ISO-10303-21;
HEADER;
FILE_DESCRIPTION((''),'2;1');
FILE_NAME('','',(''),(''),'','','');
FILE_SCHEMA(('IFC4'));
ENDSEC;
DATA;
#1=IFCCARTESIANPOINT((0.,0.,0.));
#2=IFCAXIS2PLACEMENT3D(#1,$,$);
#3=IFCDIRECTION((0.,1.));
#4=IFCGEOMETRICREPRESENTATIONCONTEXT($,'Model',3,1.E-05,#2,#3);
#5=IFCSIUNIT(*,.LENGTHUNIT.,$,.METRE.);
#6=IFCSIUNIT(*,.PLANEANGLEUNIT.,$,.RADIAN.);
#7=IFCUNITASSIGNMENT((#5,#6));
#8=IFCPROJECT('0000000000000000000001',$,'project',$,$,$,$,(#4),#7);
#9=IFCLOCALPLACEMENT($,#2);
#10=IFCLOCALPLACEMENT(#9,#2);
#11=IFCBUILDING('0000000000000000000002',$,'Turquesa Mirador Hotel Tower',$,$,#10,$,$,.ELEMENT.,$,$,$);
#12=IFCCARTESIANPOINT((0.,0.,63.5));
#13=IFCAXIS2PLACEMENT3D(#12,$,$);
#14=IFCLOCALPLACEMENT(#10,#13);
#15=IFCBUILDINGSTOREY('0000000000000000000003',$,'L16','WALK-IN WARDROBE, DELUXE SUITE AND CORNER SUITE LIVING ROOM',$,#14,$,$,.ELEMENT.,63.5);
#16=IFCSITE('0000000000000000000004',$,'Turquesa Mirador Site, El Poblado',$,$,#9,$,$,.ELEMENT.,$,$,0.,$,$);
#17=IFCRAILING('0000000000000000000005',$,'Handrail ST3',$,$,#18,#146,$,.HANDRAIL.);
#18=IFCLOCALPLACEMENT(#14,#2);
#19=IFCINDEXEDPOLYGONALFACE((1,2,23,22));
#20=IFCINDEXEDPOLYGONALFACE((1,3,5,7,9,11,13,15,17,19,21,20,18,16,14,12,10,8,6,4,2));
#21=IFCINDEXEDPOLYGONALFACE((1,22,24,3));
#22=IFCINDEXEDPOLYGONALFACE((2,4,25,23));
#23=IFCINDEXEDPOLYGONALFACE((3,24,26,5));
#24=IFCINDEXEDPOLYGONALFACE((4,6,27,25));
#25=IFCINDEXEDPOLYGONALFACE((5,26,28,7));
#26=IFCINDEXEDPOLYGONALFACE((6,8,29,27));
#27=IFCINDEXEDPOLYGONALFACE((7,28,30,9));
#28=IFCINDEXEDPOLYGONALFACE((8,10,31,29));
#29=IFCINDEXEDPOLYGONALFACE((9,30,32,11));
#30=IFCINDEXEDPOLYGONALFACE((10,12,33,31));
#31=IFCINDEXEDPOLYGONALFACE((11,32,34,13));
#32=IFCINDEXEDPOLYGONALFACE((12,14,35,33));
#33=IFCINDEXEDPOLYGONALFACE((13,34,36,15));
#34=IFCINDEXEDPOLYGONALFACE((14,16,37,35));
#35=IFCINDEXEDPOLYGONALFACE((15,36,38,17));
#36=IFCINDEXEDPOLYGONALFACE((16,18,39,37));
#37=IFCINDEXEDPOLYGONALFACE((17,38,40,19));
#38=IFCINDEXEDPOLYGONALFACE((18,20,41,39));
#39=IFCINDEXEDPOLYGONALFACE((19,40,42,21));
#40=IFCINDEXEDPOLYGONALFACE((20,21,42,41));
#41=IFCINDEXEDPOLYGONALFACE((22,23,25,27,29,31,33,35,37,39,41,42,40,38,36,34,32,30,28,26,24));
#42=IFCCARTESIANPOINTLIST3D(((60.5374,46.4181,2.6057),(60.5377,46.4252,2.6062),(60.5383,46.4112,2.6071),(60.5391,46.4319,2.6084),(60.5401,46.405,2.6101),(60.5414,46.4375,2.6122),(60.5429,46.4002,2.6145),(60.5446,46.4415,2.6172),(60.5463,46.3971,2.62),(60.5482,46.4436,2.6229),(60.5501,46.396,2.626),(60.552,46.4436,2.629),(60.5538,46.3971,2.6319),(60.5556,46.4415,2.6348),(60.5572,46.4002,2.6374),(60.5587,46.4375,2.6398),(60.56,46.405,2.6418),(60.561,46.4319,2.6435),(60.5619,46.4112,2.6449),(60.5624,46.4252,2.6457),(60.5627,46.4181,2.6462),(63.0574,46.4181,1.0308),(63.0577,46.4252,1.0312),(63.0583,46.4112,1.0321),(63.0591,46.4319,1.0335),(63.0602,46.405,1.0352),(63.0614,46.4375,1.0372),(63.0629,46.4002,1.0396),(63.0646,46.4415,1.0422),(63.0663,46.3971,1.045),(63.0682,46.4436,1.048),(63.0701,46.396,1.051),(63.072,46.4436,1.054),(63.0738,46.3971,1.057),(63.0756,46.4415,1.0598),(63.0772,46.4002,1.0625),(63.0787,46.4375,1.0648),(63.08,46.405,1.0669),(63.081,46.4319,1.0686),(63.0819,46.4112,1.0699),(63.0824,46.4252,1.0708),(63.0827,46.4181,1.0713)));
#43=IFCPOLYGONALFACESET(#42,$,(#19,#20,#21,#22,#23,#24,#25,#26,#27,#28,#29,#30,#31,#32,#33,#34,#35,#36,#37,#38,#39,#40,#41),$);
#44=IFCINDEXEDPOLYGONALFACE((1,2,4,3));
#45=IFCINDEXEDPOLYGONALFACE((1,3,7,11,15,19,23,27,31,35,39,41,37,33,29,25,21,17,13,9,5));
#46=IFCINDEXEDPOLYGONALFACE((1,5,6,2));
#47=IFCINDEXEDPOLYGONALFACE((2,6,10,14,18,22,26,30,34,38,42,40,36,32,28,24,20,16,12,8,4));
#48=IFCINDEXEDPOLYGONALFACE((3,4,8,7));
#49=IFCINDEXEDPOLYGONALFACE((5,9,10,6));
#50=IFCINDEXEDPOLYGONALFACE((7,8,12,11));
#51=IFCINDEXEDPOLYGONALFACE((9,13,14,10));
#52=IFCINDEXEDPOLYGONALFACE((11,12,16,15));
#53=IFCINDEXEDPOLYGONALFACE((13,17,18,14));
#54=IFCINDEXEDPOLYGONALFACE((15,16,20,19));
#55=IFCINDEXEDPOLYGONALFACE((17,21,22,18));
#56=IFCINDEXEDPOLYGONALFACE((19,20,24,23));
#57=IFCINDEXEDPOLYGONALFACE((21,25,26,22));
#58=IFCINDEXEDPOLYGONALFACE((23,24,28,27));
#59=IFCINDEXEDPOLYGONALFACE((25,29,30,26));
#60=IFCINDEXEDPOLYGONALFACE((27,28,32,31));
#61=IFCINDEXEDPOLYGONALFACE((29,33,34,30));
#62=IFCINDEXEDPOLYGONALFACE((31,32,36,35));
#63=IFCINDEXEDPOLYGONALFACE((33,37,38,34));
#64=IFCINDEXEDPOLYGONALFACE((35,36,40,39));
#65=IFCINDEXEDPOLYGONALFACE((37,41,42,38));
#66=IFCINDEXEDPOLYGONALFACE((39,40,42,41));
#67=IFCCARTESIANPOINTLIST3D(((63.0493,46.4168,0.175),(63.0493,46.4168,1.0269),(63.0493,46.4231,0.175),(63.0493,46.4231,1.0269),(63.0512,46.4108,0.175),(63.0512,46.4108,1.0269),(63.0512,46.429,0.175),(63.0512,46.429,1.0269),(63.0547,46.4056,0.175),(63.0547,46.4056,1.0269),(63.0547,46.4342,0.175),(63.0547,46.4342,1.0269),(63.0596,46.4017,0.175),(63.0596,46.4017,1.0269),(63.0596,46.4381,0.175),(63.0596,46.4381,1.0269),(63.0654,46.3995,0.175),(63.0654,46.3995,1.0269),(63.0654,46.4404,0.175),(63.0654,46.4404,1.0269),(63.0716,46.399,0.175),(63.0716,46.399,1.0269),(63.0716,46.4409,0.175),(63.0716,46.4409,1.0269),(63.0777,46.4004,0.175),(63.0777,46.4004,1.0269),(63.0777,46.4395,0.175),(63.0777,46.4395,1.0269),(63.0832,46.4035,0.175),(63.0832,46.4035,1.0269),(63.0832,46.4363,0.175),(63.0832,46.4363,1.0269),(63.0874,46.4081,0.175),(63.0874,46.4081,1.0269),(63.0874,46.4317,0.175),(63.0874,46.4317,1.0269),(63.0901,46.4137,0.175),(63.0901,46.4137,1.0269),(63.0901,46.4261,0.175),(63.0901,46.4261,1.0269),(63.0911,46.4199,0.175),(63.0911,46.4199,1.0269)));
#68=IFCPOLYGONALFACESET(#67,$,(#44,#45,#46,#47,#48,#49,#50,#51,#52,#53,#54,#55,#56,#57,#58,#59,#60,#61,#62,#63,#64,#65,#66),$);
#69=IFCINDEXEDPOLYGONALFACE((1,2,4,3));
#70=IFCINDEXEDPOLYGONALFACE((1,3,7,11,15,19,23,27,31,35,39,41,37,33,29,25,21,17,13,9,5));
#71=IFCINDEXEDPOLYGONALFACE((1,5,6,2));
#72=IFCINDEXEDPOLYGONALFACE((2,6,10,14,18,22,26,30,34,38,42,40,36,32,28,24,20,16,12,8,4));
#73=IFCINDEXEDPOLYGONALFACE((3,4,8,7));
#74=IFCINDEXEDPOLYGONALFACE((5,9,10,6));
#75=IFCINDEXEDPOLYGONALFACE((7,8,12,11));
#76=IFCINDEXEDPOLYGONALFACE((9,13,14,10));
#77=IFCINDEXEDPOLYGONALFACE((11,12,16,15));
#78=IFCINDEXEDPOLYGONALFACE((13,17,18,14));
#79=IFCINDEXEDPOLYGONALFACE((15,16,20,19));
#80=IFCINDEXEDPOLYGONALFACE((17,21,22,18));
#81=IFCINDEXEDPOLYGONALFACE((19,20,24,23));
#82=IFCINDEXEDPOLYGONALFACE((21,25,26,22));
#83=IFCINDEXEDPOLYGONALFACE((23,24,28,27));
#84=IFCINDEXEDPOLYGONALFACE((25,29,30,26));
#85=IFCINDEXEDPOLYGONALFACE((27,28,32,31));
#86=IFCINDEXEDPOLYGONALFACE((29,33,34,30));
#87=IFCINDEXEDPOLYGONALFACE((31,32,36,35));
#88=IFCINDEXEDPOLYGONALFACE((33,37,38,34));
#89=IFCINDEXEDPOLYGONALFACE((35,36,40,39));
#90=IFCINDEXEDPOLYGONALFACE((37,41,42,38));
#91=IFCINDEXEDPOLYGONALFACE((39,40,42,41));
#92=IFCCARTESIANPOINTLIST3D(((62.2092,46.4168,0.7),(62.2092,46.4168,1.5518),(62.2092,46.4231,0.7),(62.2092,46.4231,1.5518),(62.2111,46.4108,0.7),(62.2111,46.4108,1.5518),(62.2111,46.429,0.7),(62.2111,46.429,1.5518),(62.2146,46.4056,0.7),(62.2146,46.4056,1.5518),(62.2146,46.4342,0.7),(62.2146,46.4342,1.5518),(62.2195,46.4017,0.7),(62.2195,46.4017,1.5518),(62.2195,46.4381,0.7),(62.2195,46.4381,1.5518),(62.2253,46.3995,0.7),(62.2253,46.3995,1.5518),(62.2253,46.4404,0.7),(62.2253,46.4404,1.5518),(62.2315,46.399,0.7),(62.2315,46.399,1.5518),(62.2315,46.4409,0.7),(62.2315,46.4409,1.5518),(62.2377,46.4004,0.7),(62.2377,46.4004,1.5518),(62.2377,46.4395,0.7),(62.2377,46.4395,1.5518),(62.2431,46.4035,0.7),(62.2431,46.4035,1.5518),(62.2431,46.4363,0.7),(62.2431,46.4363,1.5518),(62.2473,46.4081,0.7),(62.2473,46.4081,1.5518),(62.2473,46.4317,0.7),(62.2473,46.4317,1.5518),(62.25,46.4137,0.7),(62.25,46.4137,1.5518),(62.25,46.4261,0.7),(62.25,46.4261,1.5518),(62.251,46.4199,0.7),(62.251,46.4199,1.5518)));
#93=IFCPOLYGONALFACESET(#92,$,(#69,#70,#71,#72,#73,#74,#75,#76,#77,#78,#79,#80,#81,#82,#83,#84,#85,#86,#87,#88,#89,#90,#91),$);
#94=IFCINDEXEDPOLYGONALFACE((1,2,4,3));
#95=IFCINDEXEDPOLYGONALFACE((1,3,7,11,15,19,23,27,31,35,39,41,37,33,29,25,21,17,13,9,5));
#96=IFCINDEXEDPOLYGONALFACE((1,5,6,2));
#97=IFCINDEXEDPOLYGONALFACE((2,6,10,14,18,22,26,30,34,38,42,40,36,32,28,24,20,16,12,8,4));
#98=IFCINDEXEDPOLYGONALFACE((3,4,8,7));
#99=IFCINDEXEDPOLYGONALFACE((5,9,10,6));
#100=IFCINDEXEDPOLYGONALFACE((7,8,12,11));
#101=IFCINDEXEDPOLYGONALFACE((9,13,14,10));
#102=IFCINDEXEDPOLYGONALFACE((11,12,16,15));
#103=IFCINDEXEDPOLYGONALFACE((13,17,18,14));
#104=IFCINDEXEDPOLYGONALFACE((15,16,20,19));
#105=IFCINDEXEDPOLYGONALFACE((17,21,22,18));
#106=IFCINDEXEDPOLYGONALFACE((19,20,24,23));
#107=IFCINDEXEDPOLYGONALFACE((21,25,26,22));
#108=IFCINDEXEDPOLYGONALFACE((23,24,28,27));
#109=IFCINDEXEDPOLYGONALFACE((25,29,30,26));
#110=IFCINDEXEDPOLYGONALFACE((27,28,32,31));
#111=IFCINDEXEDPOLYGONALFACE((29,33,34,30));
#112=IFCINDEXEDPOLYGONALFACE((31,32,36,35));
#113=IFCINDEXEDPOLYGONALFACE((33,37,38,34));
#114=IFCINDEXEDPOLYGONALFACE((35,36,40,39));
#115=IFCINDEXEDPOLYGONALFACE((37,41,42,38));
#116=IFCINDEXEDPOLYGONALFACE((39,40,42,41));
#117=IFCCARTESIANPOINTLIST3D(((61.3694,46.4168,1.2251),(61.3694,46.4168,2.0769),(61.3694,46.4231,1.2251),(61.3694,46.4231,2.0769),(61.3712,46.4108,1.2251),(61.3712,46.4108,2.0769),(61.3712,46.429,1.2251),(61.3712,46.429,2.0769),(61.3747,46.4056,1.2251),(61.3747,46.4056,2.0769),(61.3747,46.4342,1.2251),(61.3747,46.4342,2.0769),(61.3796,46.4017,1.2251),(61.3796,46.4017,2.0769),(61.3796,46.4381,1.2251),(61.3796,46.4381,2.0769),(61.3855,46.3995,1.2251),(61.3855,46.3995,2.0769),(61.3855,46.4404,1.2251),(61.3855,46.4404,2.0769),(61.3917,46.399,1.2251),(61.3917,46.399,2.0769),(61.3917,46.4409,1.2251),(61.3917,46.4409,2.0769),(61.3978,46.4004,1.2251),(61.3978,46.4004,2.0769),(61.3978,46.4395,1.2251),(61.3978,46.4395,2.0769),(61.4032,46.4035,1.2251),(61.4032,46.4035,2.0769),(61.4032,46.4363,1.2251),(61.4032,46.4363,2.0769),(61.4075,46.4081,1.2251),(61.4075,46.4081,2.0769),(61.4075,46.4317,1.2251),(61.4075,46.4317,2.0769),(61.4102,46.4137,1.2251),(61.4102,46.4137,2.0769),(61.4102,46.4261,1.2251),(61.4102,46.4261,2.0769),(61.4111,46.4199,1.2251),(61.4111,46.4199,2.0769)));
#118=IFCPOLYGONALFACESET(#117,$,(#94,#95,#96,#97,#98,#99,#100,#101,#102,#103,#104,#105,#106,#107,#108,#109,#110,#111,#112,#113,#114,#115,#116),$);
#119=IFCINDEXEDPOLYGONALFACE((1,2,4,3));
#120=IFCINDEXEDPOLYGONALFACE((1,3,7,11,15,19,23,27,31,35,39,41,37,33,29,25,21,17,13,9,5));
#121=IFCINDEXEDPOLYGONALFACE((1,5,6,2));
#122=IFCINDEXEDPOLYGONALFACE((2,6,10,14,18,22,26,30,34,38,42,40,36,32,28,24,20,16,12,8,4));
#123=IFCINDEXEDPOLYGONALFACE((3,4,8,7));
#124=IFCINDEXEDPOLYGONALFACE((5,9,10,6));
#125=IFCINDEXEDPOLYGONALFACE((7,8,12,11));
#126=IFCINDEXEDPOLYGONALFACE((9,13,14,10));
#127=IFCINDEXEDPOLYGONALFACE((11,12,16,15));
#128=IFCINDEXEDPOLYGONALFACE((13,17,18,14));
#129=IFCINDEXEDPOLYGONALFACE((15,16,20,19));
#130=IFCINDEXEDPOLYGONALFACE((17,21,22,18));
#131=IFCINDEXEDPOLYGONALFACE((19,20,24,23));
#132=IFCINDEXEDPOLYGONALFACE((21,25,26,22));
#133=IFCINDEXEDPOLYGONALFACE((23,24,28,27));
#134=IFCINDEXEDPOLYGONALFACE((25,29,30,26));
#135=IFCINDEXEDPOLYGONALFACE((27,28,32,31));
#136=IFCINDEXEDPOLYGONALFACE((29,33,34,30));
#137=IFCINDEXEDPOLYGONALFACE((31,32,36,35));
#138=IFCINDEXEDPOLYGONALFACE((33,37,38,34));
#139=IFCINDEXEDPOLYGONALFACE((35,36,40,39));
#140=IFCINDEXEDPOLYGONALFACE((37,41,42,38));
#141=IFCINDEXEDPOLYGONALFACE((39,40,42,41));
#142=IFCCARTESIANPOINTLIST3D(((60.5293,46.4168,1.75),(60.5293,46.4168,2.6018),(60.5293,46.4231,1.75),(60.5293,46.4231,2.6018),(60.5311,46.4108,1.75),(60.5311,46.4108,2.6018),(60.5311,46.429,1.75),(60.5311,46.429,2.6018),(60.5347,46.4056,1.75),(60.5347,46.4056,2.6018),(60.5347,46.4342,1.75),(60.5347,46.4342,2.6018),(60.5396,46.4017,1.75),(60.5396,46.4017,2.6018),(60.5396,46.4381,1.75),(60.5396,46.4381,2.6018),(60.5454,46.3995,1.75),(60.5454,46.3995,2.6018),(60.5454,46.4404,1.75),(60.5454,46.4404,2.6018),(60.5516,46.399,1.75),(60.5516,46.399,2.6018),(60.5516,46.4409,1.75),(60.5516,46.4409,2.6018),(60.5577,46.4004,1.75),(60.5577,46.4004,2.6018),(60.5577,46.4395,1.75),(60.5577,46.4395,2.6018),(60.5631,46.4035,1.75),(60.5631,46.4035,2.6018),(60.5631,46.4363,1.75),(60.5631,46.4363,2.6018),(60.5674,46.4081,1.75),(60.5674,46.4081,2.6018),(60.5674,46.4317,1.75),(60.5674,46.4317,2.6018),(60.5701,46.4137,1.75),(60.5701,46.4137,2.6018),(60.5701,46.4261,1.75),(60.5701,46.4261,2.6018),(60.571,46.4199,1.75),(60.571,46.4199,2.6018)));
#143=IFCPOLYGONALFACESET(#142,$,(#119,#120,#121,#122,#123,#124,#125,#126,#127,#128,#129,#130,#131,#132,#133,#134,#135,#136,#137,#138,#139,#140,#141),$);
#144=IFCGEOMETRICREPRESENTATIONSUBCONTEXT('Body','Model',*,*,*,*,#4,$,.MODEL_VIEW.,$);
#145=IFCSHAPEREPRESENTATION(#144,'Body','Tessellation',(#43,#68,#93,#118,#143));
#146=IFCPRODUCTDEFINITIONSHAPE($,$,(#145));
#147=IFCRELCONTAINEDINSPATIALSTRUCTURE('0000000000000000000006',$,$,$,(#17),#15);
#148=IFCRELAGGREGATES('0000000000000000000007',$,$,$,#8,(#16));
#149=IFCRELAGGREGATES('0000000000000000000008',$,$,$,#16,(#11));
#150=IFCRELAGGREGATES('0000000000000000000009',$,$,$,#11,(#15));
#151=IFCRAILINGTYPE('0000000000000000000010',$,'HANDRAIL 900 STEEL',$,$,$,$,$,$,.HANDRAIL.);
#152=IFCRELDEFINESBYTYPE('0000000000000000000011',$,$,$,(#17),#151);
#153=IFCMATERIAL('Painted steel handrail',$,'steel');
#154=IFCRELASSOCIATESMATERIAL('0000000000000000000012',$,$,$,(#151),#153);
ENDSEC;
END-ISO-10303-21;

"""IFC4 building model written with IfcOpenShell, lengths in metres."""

from ifc_helpers import new_model, si_unit, direction, frame, origin, origin_2d, place, context, subcontext, project, spatial, circle, extrude, material, type_object, element, save


model = new_model("IFC4")

# Units and contexts
model_context = context("Model", 3, precision=1e-05, world=origin(), true_north=direction((0.0, 1.0)))
body_context = subcontext(model_context, "Body", "Model", "MODEL_VIEW")
ifc_project = project(units=[si_unit("LENGTHUNIT", "METRE"), si_unit("PLANEANGLEUNIT", "RADIAN")], contexts=[model_context])

# Site, building, storey
site_placement = place(None, origin())
site = spatial("IfcSite", under=ifc_project, at=site_placement, Name="Turquesa Mirador Site, El Poblado", CompositionType="ELEMENT", RefElevation=0.0)
building_placement = place(site_placement, origin())
building = spatial("IfcBuilding", under=site, at=building_placement, Name="Turquesa Mirador Hotel Tower", CompositionType="ELEMENT")
storey_placement = place(building_placement, frame((0.0, 0.0, 63.5)))
storey = spatial("IfcBuildingStorey", under=building, at=storey_placement, Name="L16", Description="WALK-IN WARDROBE, DELUXE SUITE AND CORNER SUITE LIVING ROOM", CompositionType="ELEMENT", Elevation=63.5)

# Railing
ifc_material_1 = material(Name="Painted steel handrail", Category="steel")
railing_type = type_object("IfcRailingType", Name="HANDRAIL 900 STEEL", PredefinedType="HANDRAIL", material=ifc_material_1)
railing_1_placement = place(storey_placement, frame((63.0701, 46.4199, 0.175)))
element("IfcRailing", 1, at=railing_1_placement, inside=storey, type_object=railing_type, Name="Handrail ST3", PredefinedType="HANDRAIL", context=body_context, shape_type="SweptSolid", body=[
    extrude(circle(Radius=0.0239, at=origin_2d()), frame((0.0, 0.0, 0.876), z_axis=(-0.848008, 0.0, 0.529984), x_axis=(0.0, -1.0, 0.0)), (0.0, 0.0, 1.0), 2.9717),
    extrude(circle(Radius=0.021, at=origin_2d()), origin(), (0.0, 0.0, 1.0), 0.8518),
    extrude(circle(Radius=0.021, at=origin_2d()), frame((-0.8401, 0.0, 0.5249)), (0.0, 0.0, 1.0), 0.8518),
    extrude(circle(Radius=0.021, at=origin_2d()), frame((-1.6799, 0.0, 1.05)), (0.0, 0.0, 1.0), 0.8518),
    extrude(circle(Radius=0.021, at=origin_2d()), frame((-2.52, 0.0, 1.575)), (0.0, 0.0, 1.0), 0.8518),
])

save(model, "model.ifc")
